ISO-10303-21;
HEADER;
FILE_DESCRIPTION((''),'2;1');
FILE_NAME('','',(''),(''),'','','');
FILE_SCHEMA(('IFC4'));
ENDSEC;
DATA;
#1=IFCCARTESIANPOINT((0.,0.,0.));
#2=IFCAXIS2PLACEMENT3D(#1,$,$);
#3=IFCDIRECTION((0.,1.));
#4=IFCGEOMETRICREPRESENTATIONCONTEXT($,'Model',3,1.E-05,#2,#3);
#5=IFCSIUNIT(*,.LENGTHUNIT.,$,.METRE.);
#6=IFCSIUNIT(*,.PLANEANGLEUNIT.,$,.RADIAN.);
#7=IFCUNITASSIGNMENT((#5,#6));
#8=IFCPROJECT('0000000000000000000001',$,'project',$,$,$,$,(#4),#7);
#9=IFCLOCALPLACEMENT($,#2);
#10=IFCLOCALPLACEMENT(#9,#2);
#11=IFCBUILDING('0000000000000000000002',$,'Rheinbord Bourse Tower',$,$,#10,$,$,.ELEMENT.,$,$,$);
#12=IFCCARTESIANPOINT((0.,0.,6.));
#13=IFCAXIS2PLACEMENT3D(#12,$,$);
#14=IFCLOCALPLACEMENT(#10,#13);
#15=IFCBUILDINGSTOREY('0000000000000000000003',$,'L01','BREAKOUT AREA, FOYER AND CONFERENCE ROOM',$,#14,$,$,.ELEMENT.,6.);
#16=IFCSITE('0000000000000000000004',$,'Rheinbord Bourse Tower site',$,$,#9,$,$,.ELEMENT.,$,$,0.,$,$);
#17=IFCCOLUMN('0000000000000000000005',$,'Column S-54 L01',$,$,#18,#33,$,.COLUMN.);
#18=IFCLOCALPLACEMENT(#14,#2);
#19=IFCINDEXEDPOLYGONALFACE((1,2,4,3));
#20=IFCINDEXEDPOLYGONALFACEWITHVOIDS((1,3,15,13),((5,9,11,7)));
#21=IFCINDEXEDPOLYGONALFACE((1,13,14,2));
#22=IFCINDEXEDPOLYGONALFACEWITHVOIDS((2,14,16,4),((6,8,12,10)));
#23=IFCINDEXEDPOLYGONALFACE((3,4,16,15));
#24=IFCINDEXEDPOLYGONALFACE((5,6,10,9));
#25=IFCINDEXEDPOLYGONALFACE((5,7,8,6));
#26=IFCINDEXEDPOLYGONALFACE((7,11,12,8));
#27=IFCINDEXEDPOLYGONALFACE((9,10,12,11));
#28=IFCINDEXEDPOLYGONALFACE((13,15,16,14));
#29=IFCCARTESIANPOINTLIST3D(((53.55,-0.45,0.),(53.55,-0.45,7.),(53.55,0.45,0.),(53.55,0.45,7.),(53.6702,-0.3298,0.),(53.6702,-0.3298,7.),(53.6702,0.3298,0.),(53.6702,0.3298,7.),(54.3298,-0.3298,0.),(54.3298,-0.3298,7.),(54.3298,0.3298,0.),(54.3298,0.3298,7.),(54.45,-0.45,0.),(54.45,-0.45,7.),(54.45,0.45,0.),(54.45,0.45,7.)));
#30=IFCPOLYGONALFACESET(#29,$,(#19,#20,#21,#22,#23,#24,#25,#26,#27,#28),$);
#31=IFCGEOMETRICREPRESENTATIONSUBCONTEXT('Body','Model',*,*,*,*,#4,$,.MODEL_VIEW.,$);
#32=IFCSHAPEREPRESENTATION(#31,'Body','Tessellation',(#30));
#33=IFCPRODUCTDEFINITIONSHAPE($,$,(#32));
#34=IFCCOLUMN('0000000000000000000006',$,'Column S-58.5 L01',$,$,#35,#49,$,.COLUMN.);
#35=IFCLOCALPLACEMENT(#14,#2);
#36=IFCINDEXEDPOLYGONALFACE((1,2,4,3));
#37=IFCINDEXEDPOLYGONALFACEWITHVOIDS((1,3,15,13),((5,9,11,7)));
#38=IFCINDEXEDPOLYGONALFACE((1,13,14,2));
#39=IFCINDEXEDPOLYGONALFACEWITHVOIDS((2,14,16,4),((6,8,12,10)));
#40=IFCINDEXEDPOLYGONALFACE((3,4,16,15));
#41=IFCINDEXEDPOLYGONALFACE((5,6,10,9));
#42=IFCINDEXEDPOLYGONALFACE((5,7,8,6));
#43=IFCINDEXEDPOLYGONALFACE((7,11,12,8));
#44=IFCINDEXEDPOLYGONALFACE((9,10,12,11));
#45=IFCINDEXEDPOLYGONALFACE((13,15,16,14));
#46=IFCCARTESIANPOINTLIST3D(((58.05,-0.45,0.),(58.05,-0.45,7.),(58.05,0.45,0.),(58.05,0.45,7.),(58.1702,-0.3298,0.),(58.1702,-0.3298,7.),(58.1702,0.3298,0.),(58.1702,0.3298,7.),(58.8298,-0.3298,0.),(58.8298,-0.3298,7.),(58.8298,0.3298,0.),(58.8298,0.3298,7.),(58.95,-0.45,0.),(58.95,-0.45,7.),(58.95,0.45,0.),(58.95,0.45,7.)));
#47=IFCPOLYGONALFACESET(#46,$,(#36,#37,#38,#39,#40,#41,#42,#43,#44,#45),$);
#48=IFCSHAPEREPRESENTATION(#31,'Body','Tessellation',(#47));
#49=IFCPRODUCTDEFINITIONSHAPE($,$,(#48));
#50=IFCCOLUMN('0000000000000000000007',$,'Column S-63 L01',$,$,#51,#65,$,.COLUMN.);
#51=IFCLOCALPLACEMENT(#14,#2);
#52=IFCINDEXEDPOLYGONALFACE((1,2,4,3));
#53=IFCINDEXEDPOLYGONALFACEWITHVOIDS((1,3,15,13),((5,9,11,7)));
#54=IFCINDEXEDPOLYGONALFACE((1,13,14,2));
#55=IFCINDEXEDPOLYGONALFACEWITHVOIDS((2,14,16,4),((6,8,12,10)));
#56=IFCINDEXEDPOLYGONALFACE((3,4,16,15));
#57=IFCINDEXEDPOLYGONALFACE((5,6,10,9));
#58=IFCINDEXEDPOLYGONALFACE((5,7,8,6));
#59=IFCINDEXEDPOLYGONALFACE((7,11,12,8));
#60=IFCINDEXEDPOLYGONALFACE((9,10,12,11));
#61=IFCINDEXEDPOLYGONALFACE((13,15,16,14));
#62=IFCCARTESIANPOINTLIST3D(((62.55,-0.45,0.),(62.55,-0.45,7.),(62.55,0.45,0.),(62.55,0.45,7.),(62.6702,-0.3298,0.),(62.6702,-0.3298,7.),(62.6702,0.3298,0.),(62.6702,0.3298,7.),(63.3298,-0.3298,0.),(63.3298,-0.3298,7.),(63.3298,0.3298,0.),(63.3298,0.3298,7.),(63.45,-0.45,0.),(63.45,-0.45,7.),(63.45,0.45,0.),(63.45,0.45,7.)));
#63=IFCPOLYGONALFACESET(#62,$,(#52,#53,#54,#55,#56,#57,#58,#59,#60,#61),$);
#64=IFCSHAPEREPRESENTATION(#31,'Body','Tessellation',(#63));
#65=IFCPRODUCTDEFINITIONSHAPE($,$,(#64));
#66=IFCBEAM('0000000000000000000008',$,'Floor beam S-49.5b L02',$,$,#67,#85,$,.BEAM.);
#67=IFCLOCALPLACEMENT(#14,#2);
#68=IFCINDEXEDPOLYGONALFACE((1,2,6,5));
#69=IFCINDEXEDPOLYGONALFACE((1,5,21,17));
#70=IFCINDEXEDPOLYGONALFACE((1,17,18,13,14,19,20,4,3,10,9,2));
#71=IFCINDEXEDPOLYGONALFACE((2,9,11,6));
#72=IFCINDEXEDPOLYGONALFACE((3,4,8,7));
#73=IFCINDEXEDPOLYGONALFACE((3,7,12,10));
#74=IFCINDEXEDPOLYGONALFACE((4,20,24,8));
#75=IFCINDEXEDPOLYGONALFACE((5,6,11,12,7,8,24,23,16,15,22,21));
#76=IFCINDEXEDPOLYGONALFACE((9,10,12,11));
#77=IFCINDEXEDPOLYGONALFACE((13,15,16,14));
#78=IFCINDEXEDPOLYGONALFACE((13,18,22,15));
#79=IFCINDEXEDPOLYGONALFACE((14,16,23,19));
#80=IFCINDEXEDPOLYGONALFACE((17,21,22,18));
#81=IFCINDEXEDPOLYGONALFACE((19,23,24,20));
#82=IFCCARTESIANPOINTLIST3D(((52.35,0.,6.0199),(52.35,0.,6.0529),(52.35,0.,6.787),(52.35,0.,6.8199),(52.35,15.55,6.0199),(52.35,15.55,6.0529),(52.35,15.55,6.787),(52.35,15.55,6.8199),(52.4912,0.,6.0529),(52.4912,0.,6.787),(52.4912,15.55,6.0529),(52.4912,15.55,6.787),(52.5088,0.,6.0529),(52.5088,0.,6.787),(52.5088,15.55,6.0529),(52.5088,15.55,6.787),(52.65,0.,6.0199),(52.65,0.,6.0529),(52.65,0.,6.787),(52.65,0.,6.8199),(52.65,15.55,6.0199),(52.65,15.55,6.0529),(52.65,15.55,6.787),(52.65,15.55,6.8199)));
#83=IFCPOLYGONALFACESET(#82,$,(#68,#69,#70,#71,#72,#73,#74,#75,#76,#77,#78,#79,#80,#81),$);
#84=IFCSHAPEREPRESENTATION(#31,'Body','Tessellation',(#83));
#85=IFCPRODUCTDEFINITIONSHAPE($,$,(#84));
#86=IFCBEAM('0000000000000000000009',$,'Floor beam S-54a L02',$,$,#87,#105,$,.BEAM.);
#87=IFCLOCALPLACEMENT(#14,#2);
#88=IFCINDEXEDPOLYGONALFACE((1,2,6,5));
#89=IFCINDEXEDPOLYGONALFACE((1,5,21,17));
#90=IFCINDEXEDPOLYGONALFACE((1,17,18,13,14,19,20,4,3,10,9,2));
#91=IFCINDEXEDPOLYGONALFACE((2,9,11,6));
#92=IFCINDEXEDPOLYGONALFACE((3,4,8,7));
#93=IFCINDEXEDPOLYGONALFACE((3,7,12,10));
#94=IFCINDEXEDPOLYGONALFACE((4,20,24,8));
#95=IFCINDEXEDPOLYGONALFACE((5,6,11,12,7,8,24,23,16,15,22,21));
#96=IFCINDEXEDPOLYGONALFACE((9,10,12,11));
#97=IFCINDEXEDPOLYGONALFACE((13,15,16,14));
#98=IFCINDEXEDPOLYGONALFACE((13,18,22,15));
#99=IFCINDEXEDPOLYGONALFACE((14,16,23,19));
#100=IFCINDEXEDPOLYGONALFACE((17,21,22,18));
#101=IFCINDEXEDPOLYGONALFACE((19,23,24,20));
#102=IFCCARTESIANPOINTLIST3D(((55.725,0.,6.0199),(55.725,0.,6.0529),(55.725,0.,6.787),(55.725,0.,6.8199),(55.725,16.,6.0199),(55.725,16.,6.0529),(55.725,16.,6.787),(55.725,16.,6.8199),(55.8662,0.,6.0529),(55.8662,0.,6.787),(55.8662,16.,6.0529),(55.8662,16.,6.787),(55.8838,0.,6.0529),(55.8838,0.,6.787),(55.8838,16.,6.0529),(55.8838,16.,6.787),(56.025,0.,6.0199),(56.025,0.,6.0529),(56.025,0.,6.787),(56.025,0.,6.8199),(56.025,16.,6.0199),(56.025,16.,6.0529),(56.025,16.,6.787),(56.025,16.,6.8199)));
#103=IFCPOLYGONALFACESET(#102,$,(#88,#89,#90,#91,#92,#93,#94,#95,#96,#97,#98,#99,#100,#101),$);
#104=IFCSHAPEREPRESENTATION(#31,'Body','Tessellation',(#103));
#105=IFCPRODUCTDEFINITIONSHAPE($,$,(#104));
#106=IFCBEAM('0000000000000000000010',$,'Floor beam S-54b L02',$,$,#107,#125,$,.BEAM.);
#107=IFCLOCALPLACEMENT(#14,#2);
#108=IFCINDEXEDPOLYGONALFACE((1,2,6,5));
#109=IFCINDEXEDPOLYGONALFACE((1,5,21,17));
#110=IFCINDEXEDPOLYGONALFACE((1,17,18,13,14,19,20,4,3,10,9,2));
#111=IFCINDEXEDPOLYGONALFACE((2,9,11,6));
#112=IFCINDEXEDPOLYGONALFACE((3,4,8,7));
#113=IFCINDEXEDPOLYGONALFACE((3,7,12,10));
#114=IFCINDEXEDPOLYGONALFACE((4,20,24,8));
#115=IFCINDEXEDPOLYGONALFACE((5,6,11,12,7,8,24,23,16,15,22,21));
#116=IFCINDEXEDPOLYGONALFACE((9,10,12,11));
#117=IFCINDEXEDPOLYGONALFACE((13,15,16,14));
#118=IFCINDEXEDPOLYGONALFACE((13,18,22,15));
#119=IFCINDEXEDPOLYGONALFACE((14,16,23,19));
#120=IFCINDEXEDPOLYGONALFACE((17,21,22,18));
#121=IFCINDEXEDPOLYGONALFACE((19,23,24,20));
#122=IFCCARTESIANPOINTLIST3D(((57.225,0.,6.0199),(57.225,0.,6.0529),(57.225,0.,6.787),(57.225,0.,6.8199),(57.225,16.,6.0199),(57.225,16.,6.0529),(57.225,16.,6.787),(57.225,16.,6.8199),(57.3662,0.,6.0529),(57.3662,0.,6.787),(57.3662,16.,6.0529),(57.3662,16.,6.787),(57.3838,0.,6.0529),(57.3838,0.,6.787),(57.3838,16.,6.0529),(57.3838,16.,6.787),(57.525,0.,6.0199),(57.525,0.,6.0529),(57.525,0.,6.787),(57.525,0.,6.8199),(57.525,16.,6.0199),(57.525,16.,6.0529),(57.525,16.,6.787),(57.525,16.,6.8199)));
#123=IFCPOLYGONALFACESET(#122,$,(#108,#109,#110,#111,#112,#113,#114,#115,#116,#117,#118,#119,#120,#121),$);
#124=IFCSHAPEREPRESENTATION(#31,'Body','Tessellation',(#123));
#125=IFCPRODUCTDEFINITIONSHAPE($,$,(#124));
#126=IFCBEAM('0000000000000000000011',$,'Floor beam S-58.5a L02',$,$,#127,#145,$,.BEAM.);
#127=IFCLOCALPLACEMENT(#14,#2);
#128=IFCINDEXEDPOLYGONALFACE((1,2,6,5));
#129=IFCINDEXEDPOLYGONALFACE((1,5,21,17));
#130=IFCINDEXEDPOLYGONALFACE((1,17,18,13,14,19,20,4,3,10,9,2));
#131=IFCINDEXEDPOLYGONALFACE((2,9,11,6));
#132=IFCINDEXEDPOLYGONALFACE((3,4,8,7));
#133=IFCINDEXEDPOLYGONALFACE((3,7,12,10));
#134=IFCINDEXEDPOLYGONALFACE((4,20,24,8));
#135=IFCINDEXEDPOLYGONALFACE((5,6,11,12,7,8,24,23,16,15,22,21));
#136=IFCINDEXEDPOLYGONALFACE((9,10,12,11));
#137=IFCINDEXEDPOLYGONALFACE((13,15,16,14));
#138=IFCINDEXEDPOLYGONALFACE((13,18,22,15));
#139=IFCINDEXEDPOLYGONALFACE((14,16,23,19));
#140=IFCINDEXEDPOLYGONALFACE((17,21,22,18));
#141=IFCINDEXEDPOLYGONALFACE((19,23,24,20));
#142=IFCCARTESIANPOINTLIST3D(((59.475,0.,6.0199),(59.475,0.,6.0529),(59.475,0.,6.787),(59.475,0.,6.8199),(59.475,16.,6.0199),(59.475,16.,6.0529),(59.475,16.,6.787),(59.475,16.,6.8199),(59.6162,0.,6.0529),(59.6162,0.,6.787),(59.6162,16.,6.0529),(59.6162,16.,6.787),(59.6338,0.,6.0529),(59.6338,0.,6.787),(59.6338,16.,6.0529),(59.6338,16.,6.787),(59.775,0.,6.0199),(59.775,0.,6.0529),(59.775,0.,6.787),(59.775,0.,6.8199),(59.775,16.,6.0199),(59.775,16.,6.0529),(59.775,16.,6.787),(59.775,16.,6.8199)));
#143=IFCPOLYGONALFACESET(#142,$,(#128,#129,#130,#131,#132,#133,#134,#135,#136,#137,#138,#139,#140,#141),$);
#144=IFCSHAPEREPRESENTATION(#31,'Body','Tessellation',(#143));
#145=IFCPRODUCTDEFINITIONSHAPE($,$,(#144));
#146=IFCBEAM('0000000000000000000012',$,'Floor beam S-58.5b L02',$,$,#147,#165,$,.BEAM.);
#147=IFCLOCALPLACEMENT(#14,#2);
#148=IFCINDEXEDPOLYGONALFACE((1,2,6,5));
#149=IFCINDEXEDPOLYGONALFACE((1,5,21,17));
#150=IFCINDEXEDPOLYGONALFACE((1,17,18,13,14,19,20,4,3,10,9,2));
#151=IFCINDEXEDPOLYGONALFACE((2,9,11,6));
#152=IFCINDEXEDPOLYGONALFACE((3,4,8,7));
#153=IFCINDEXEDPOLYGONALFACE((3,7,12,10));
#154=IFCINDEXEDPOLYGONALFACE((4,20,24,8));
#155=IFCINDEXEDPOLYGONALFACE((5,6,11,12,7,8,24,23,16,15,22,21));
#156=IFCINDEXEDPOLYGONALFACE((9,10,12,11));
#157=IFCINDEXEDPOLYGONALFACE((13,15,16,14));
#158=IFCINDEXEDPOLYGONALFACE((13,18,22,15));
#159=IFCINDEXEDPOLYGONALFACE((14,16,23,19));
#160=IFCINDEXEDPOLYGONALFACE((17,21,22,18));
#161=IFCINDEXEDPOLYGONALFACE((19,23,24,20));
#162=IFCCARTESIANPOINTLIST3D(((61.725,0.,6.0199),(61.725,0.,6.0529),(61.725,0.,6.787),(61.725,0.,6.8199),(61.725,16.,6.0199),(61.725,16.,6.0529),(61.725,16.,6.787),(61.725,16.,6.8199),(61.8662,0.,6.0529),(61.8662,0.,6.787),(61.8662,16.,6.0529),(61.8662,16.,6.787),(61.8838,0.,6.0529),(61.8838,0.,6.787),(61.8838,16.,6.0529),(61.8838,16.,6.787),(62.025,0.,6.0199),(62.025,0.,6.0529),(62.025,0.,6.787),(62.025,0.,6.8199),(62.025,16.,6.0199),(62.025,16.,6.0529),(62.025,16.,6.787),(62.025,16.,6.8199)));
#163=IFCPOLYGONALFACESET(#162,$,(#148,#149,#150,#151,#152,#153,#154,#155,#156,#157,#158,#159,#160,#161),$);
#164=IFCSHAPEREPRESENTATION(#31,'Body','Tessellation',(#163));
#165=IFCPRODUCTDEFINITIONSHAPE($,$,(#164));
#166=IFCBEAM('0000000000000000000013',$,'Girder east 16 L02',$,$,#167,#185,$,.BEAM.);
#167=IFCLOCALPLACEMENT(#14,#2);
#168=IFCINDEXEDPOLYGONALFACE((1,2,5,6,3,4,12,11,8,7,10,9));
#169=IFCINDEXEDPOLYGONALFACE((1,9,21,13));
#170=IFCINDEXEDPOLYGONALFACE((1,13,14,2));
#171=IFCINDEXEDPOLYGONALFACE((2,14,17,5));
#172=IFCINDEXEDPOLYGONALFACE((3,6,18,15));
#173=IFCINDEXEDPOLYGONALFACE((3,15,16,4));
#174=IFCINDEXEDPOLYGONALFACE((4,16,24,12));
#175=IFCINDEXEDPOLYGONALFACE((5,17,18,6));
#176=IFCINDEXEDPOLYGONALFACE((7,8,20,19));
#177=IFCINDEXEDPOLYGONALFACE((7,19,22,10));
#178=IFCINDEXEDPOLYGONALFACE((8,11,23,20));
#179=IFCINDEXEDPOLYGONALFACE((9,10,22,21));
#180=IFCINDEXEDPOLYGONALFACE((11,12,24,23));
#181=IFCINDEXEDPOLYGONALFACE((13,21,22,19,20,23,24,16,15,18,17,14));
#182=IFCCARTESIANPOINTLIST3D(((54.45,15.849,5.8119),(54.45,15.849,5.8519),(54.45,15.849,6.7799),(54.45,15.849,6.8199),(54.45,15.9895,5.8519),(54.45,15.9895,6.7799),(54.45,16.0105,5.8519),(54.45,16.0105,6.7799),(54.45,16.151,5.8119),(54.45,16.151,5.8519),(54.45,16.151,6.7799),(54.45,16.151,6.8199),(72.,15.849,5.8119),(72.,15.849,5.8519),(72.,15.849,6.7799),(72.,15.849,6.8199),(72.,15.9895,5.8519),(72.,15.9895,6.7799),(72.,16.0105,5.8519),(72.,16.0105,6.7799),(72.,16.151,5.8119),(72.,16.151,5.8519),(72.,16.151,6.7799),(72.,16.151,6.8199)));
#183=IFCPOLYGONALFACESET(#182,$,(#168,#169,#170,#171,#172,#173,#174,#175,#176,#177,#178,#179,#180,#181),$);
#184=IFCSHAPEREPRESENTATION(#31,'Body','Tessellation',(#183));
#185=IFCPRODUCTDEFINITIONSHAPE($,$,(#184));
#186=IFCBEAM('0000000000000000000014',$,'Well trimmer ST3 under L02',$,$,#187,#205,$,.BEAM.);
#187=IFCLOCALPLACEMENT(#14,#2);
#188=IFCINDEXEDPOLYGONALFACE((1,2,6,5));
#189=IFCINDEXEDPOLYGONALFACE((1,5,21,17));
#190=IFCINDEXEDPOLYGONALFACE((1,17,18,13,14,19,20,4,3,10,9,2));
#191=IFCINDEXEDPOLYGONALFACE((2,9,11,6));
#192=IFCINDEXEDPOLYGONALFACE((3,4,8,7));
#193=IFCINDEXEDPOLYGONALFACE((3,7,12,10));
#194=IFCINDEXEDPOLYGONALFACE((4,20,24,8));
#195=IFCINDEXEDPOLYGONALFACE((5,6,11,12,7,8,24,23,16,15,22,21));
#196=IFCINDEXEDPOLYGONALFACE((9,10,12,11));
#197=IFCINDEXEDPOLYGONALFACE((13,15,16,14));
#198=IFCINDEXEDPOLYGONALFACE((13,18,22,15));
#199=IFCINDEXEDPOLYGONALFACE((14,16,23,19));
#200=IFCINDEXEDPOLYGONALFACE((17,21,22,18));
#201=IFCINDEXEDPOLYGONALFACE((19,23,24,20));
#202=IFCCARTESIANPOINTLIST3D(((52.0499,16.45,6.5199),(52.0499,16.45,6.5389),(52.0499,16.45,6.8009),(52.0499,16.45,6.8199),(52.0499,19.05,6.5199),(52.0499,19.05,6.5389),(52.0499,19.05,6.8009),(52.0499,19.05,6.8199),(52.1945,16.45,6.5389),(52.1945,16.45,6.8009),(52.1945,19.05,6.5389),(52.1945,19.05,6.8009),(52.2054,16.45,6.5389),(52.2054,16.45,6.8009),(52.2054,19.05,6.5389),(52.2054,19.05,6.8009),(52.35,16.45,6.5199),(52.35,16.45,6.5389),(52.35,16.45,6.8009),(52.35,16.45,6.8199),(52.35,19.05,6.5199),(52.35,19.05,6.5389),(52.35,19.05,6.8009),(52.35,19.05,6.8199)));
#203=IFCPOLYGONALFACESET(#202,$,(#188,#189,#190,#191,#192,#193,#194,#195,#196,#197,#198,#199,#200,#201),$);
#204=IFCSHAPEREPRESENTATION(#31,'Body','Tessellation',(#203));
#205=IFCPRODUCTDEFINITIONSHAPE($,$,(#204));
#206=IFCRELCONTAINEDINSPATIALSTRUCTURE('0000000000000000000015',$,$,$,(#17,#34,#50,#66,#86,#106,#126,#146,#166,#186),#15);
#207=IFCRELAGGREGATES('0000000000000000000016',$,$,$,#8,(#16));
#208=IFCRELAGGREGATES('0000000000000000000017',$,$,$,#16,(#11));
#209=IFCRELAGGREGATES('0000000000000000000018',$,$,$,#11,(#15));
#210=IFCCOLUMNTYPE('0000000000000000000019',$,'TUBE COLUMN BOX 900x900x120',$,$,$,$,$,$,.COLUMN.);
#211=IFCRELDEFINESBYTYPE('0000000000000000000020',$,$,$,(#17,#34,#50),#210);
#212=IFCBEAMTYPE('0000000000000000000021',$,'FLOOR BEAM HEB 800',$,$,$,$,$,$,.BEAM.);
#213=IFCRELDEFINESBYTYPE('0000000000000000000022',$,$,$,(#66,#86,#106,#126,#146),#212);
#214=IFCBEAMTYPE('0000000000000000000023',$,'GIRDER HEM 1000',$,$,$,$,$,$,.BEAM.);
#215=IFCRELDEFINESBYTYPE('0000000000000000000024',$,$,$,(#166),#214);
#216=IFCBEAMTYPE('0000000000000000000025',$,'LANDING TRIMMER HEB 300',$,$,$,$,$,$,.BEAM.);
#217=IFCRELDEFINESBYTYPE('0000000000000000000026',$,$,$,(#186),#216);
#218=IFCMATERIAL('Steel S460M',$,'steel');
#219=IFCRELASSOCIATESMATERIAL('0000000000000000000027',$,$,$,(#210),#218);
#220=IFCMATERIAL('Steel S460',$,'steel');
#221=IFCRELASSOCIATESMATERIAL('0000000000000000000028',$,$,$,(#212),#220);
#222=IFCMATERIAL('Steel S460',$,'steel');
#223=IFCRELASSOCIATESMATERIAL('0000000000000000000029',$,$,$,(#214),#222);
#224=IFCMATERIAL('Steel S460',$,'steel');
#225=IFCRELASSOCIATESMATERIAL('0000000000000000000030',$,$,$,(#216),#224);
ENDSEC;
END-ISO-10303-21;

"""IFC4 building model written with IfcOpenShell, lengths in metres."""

from ifc_helpers import new_model, si_unit, direction, frame, origin, origin_2d, place, context, subcontext, project, spatial, hollow_rectangle, i_section, extrude, material, material_profile, profile_set, type_object, element, save


model = new_model("IFC4")

# Units and contexts
model_context = context("Model", 3, precision=1e-05, world=origin(), true_north=direction((0.0, 1.0)))
body_context = subcontext(model_context, "Body", "Model", "MODEL_VIEW")
ifc_project = project(units=[si_unit("LENGTHUNIT", "METRE"), si_unit("PLANEANGLEUNIT", "RADIAN")], contexts=[model_context])

# Site, building, storey
site_placement = place(None, origin())
site = spatial("IfcSite", under=ifc_project, at=site_placement, Name="Rheinbord Bourse Tower site", CompositionType="ELEMENT", RefElevation=0.0)
building_placement = place(site_placement, origin())
building = spatial("IfcBuilding", under=site, at=building_placement, Name="Rheinbord Bourse Tower", CompositionType="ELEMENT")
storey_placement = place(building_placement, frame((0.0, 0.0, 6.0)))
storey = spatial("IfcBuildingStorey", under=building, at=storey_placement, Name="L01", Description="BREAKOUT AREA, FOYER AND CONFERENCE ROOM", CompositionType="ELEMENT", Elevation=6.0)

# Columns
ifc_material_1 = material(Name="Steel S460M", Category="steel")
ifc_material_profile_1 = material_profile(ifc_material_1, hollow_rectangle(XDim=0.8999, YDim=0.8999, WallThickness=0.1201, at=origin_2d()), Name="BOX 900x900x120")
ifc_profile_set_1 = profile_set([ifc_material_profile_1], Name="Steel S460M")
column_type = type_object("IfcColumnType", Name="TUBE COLUMN BOX 900x900x120", PredefinedType="COLUMN", material=ifc_profile_set_1)
for number, where, z_axis, x_axis, name in (
    (1, (54.0, 0.0, 0.0), (0.0, 0.0, 1.0), (0.0, 1.0, 0.0), "Column S-54 L01"),
    (2, (58.5, 0.0, 0.0), (0.0, 0.0, 1.0), (0.0, 1.0, 0.0), "Column S-58.5 L01"),
    (3, (63.0, 0.0, 0.0), (0.0, 0.0, 1.0), (0.0, 1.0, 0.0), "Column S-63 L01"),
):
    element("IfcColumn", number, at=place(storey_placement, frame(where, z_axis=z_axis, x_axis=x_axis)), inside=storey, type_object=column_type, Name=name, PredefinedType="COLUMN", context=body_context, shape_type="SweptSolid", body=[
        extrude(hollow_rectangle(XDim=0.8999, YDim=0.8999, WallThickness=0.1201, at=origin_2d()), origin(), (0.0, 0.0, 1.0), 7.0),
    ])

# Beams
ifc_material_2 = material(Name="Steel S460", Category="steel")
ifc_material_profile_2 = material_profile(ifc_material_2, i_section(OverallWidth=0.3, OverallDepth=0.8, WebThickness=0.0176, FlangeThickness=0.033, at=origin_2d()), Name="HEB 800")
ifc_profile_set_2 = profile_set([ifc_material_profile_2], Name="Steel S460")
beam_type_1 = type_object("IfcBeamType", Name="FLOOR BEAM HEB 800", PredefinedType="BEAM", material=ifc_profile_set_2)
beam_1_placement = place(storey_placement, frame((52.5, 0.0, 6.4199), z_axis=(0.0, 1.0, 0.0), x_axis=(-1.0, 0.0, 0.0)))
element("IfcBeam", 4, at=beam_1_placement, inside=storey, type_object=beam_type_1, Name="Floor beam S-49.5b L02", PredefinedType="BEAM", context=body_context, shape_type="SweptSolid", body=[
    extrude(i_section(OverallWidth=0.3, OverallDepth=0.8, WebThickness=0.0176, FlangeThickness=0.033, at=origin_2d()), origin(), (0.0, 0.0, 1.0), 15.55),
])
for number, where, z_axis, x_axis, name in (
    (5, (55.875, 0.0, 6.4199), (0.0, 1.0, 0.0), (-1.0, 0.0, 0.0), "Floor beam S-54a L02"),
    (6, (57.375, 0.0, 6.4199), (0.0, 1.0, 0.0), (-1.0, 0.0, 0.0), "Floor beam S-54b L02"),
    (7, (59.625, 0.0, 6.4199), (0.0, 1.0, 0.0), (-1.0, 0.0, 0.0), "Floor beam S-58.5a L02"),
    (8, (61.875, 0.0, 6.4199), (0.0, 1.0, 0.0), (-1.0, 0.0, 0.0), "Floor beam S-58.5b L02"),
):
    element("IfcBeam", number, at=place(storey_placement, frame(where, z_axis=z_axis, x_axis=x_axis)), inside=storey, type_object=beam_type_1, Name=name, PredefinedType="BEAM", context=body_context, shape_type="SweptSolid", body=[
        extrude(i_section(OverallWidth=0.3, OverallDepth=0.8, WebThickness=0.0176, FlangeThickness=0.033, at=origin_2d()), origin(), (0.0, 0.0, 1.0), 16.0),
    ])
ifc_material_3 = material(Name="Steel S460", Category="steel")
ifc_material_profile_3 = material_profile(ifc_material_3, i_section(OverallWidth=0.302, OverallDepth=1.0081, WebThickness=0.021, FlangeThickness=0.04, at=origin_2d()), Name="HEM 1000")
ifc_profile_set_3 = profile_set([ifc_material_profile_3], Name="Steel S460")
beam_type_2 = type_object("IfcBeamType", Name="GIRDER HEM 1000", PredefinedType="BEAM", material=ifc_profile_set_3)
beam_2_placement = place(storey_placement, frame((54.45, 16.0, 6.3159), z_axis=(1.0, 0.0, 0.0), x_axis=(0.0, 1.0, 0.0)))
element("IfcBeam", 9, at=beam_2_placement, inside=storey, type_object=beam_type_2, Name="Girder east 16 L02", PredefinedType="BEAM", context=body_context, shape_type="SweptSolid", body=[
    extrude(i_section(OverallWidth=0.302, OverallDepth=1.0081, WebThickness=0.021, FlangeThickness=0.04, at=origin_2d()), origin(), (0.0, 0.0, 1.0), 17.55),
])
ifc_material_4 = material(Name="Steel S460", Category="steel")
ifc_material_profile_4 = material_profile(ifc_material_4, i_section(OverallWidth=0.3, OverallDepth=0.3, WebThickness=0.011, FlangeThickness=0.019, at=origin_2d()), Name="HEB 300")
ifc_profile_set_4 = profile_set([ifc_material_profile_4], Name="Steel S460")
beam_type_3 = type_object("IfcBeamType", Name="LANDING TRIMMER HEB 300", PredefinedType="BEAM", material=ifc_profile_set_4)
beam_3_placement = place(storey_placement, frame((52.2, 16.45, 6.6699), z_axis=(0.0, 1.0, 0.0), x_axis=(-1.0, 0.0, 0.0)))
element("IfcBeam", 10, at=beam_3_placement, inside=storey, type_object=beam_type_3, Name="Well trimmer ST3 under L02", PredefinedType="BEAM", context=body_context, shape_type="SweptSolid", body=[
    extrude(i_section(OverallWidth=0.3, OverallDepth=0.3, WebThickness=0.011, FlangeThickness=0.019, at=origin_2d()), origin(), (0.0, 0.0, 1.0), 2.6001),
])

save(model, "model.ifc")
